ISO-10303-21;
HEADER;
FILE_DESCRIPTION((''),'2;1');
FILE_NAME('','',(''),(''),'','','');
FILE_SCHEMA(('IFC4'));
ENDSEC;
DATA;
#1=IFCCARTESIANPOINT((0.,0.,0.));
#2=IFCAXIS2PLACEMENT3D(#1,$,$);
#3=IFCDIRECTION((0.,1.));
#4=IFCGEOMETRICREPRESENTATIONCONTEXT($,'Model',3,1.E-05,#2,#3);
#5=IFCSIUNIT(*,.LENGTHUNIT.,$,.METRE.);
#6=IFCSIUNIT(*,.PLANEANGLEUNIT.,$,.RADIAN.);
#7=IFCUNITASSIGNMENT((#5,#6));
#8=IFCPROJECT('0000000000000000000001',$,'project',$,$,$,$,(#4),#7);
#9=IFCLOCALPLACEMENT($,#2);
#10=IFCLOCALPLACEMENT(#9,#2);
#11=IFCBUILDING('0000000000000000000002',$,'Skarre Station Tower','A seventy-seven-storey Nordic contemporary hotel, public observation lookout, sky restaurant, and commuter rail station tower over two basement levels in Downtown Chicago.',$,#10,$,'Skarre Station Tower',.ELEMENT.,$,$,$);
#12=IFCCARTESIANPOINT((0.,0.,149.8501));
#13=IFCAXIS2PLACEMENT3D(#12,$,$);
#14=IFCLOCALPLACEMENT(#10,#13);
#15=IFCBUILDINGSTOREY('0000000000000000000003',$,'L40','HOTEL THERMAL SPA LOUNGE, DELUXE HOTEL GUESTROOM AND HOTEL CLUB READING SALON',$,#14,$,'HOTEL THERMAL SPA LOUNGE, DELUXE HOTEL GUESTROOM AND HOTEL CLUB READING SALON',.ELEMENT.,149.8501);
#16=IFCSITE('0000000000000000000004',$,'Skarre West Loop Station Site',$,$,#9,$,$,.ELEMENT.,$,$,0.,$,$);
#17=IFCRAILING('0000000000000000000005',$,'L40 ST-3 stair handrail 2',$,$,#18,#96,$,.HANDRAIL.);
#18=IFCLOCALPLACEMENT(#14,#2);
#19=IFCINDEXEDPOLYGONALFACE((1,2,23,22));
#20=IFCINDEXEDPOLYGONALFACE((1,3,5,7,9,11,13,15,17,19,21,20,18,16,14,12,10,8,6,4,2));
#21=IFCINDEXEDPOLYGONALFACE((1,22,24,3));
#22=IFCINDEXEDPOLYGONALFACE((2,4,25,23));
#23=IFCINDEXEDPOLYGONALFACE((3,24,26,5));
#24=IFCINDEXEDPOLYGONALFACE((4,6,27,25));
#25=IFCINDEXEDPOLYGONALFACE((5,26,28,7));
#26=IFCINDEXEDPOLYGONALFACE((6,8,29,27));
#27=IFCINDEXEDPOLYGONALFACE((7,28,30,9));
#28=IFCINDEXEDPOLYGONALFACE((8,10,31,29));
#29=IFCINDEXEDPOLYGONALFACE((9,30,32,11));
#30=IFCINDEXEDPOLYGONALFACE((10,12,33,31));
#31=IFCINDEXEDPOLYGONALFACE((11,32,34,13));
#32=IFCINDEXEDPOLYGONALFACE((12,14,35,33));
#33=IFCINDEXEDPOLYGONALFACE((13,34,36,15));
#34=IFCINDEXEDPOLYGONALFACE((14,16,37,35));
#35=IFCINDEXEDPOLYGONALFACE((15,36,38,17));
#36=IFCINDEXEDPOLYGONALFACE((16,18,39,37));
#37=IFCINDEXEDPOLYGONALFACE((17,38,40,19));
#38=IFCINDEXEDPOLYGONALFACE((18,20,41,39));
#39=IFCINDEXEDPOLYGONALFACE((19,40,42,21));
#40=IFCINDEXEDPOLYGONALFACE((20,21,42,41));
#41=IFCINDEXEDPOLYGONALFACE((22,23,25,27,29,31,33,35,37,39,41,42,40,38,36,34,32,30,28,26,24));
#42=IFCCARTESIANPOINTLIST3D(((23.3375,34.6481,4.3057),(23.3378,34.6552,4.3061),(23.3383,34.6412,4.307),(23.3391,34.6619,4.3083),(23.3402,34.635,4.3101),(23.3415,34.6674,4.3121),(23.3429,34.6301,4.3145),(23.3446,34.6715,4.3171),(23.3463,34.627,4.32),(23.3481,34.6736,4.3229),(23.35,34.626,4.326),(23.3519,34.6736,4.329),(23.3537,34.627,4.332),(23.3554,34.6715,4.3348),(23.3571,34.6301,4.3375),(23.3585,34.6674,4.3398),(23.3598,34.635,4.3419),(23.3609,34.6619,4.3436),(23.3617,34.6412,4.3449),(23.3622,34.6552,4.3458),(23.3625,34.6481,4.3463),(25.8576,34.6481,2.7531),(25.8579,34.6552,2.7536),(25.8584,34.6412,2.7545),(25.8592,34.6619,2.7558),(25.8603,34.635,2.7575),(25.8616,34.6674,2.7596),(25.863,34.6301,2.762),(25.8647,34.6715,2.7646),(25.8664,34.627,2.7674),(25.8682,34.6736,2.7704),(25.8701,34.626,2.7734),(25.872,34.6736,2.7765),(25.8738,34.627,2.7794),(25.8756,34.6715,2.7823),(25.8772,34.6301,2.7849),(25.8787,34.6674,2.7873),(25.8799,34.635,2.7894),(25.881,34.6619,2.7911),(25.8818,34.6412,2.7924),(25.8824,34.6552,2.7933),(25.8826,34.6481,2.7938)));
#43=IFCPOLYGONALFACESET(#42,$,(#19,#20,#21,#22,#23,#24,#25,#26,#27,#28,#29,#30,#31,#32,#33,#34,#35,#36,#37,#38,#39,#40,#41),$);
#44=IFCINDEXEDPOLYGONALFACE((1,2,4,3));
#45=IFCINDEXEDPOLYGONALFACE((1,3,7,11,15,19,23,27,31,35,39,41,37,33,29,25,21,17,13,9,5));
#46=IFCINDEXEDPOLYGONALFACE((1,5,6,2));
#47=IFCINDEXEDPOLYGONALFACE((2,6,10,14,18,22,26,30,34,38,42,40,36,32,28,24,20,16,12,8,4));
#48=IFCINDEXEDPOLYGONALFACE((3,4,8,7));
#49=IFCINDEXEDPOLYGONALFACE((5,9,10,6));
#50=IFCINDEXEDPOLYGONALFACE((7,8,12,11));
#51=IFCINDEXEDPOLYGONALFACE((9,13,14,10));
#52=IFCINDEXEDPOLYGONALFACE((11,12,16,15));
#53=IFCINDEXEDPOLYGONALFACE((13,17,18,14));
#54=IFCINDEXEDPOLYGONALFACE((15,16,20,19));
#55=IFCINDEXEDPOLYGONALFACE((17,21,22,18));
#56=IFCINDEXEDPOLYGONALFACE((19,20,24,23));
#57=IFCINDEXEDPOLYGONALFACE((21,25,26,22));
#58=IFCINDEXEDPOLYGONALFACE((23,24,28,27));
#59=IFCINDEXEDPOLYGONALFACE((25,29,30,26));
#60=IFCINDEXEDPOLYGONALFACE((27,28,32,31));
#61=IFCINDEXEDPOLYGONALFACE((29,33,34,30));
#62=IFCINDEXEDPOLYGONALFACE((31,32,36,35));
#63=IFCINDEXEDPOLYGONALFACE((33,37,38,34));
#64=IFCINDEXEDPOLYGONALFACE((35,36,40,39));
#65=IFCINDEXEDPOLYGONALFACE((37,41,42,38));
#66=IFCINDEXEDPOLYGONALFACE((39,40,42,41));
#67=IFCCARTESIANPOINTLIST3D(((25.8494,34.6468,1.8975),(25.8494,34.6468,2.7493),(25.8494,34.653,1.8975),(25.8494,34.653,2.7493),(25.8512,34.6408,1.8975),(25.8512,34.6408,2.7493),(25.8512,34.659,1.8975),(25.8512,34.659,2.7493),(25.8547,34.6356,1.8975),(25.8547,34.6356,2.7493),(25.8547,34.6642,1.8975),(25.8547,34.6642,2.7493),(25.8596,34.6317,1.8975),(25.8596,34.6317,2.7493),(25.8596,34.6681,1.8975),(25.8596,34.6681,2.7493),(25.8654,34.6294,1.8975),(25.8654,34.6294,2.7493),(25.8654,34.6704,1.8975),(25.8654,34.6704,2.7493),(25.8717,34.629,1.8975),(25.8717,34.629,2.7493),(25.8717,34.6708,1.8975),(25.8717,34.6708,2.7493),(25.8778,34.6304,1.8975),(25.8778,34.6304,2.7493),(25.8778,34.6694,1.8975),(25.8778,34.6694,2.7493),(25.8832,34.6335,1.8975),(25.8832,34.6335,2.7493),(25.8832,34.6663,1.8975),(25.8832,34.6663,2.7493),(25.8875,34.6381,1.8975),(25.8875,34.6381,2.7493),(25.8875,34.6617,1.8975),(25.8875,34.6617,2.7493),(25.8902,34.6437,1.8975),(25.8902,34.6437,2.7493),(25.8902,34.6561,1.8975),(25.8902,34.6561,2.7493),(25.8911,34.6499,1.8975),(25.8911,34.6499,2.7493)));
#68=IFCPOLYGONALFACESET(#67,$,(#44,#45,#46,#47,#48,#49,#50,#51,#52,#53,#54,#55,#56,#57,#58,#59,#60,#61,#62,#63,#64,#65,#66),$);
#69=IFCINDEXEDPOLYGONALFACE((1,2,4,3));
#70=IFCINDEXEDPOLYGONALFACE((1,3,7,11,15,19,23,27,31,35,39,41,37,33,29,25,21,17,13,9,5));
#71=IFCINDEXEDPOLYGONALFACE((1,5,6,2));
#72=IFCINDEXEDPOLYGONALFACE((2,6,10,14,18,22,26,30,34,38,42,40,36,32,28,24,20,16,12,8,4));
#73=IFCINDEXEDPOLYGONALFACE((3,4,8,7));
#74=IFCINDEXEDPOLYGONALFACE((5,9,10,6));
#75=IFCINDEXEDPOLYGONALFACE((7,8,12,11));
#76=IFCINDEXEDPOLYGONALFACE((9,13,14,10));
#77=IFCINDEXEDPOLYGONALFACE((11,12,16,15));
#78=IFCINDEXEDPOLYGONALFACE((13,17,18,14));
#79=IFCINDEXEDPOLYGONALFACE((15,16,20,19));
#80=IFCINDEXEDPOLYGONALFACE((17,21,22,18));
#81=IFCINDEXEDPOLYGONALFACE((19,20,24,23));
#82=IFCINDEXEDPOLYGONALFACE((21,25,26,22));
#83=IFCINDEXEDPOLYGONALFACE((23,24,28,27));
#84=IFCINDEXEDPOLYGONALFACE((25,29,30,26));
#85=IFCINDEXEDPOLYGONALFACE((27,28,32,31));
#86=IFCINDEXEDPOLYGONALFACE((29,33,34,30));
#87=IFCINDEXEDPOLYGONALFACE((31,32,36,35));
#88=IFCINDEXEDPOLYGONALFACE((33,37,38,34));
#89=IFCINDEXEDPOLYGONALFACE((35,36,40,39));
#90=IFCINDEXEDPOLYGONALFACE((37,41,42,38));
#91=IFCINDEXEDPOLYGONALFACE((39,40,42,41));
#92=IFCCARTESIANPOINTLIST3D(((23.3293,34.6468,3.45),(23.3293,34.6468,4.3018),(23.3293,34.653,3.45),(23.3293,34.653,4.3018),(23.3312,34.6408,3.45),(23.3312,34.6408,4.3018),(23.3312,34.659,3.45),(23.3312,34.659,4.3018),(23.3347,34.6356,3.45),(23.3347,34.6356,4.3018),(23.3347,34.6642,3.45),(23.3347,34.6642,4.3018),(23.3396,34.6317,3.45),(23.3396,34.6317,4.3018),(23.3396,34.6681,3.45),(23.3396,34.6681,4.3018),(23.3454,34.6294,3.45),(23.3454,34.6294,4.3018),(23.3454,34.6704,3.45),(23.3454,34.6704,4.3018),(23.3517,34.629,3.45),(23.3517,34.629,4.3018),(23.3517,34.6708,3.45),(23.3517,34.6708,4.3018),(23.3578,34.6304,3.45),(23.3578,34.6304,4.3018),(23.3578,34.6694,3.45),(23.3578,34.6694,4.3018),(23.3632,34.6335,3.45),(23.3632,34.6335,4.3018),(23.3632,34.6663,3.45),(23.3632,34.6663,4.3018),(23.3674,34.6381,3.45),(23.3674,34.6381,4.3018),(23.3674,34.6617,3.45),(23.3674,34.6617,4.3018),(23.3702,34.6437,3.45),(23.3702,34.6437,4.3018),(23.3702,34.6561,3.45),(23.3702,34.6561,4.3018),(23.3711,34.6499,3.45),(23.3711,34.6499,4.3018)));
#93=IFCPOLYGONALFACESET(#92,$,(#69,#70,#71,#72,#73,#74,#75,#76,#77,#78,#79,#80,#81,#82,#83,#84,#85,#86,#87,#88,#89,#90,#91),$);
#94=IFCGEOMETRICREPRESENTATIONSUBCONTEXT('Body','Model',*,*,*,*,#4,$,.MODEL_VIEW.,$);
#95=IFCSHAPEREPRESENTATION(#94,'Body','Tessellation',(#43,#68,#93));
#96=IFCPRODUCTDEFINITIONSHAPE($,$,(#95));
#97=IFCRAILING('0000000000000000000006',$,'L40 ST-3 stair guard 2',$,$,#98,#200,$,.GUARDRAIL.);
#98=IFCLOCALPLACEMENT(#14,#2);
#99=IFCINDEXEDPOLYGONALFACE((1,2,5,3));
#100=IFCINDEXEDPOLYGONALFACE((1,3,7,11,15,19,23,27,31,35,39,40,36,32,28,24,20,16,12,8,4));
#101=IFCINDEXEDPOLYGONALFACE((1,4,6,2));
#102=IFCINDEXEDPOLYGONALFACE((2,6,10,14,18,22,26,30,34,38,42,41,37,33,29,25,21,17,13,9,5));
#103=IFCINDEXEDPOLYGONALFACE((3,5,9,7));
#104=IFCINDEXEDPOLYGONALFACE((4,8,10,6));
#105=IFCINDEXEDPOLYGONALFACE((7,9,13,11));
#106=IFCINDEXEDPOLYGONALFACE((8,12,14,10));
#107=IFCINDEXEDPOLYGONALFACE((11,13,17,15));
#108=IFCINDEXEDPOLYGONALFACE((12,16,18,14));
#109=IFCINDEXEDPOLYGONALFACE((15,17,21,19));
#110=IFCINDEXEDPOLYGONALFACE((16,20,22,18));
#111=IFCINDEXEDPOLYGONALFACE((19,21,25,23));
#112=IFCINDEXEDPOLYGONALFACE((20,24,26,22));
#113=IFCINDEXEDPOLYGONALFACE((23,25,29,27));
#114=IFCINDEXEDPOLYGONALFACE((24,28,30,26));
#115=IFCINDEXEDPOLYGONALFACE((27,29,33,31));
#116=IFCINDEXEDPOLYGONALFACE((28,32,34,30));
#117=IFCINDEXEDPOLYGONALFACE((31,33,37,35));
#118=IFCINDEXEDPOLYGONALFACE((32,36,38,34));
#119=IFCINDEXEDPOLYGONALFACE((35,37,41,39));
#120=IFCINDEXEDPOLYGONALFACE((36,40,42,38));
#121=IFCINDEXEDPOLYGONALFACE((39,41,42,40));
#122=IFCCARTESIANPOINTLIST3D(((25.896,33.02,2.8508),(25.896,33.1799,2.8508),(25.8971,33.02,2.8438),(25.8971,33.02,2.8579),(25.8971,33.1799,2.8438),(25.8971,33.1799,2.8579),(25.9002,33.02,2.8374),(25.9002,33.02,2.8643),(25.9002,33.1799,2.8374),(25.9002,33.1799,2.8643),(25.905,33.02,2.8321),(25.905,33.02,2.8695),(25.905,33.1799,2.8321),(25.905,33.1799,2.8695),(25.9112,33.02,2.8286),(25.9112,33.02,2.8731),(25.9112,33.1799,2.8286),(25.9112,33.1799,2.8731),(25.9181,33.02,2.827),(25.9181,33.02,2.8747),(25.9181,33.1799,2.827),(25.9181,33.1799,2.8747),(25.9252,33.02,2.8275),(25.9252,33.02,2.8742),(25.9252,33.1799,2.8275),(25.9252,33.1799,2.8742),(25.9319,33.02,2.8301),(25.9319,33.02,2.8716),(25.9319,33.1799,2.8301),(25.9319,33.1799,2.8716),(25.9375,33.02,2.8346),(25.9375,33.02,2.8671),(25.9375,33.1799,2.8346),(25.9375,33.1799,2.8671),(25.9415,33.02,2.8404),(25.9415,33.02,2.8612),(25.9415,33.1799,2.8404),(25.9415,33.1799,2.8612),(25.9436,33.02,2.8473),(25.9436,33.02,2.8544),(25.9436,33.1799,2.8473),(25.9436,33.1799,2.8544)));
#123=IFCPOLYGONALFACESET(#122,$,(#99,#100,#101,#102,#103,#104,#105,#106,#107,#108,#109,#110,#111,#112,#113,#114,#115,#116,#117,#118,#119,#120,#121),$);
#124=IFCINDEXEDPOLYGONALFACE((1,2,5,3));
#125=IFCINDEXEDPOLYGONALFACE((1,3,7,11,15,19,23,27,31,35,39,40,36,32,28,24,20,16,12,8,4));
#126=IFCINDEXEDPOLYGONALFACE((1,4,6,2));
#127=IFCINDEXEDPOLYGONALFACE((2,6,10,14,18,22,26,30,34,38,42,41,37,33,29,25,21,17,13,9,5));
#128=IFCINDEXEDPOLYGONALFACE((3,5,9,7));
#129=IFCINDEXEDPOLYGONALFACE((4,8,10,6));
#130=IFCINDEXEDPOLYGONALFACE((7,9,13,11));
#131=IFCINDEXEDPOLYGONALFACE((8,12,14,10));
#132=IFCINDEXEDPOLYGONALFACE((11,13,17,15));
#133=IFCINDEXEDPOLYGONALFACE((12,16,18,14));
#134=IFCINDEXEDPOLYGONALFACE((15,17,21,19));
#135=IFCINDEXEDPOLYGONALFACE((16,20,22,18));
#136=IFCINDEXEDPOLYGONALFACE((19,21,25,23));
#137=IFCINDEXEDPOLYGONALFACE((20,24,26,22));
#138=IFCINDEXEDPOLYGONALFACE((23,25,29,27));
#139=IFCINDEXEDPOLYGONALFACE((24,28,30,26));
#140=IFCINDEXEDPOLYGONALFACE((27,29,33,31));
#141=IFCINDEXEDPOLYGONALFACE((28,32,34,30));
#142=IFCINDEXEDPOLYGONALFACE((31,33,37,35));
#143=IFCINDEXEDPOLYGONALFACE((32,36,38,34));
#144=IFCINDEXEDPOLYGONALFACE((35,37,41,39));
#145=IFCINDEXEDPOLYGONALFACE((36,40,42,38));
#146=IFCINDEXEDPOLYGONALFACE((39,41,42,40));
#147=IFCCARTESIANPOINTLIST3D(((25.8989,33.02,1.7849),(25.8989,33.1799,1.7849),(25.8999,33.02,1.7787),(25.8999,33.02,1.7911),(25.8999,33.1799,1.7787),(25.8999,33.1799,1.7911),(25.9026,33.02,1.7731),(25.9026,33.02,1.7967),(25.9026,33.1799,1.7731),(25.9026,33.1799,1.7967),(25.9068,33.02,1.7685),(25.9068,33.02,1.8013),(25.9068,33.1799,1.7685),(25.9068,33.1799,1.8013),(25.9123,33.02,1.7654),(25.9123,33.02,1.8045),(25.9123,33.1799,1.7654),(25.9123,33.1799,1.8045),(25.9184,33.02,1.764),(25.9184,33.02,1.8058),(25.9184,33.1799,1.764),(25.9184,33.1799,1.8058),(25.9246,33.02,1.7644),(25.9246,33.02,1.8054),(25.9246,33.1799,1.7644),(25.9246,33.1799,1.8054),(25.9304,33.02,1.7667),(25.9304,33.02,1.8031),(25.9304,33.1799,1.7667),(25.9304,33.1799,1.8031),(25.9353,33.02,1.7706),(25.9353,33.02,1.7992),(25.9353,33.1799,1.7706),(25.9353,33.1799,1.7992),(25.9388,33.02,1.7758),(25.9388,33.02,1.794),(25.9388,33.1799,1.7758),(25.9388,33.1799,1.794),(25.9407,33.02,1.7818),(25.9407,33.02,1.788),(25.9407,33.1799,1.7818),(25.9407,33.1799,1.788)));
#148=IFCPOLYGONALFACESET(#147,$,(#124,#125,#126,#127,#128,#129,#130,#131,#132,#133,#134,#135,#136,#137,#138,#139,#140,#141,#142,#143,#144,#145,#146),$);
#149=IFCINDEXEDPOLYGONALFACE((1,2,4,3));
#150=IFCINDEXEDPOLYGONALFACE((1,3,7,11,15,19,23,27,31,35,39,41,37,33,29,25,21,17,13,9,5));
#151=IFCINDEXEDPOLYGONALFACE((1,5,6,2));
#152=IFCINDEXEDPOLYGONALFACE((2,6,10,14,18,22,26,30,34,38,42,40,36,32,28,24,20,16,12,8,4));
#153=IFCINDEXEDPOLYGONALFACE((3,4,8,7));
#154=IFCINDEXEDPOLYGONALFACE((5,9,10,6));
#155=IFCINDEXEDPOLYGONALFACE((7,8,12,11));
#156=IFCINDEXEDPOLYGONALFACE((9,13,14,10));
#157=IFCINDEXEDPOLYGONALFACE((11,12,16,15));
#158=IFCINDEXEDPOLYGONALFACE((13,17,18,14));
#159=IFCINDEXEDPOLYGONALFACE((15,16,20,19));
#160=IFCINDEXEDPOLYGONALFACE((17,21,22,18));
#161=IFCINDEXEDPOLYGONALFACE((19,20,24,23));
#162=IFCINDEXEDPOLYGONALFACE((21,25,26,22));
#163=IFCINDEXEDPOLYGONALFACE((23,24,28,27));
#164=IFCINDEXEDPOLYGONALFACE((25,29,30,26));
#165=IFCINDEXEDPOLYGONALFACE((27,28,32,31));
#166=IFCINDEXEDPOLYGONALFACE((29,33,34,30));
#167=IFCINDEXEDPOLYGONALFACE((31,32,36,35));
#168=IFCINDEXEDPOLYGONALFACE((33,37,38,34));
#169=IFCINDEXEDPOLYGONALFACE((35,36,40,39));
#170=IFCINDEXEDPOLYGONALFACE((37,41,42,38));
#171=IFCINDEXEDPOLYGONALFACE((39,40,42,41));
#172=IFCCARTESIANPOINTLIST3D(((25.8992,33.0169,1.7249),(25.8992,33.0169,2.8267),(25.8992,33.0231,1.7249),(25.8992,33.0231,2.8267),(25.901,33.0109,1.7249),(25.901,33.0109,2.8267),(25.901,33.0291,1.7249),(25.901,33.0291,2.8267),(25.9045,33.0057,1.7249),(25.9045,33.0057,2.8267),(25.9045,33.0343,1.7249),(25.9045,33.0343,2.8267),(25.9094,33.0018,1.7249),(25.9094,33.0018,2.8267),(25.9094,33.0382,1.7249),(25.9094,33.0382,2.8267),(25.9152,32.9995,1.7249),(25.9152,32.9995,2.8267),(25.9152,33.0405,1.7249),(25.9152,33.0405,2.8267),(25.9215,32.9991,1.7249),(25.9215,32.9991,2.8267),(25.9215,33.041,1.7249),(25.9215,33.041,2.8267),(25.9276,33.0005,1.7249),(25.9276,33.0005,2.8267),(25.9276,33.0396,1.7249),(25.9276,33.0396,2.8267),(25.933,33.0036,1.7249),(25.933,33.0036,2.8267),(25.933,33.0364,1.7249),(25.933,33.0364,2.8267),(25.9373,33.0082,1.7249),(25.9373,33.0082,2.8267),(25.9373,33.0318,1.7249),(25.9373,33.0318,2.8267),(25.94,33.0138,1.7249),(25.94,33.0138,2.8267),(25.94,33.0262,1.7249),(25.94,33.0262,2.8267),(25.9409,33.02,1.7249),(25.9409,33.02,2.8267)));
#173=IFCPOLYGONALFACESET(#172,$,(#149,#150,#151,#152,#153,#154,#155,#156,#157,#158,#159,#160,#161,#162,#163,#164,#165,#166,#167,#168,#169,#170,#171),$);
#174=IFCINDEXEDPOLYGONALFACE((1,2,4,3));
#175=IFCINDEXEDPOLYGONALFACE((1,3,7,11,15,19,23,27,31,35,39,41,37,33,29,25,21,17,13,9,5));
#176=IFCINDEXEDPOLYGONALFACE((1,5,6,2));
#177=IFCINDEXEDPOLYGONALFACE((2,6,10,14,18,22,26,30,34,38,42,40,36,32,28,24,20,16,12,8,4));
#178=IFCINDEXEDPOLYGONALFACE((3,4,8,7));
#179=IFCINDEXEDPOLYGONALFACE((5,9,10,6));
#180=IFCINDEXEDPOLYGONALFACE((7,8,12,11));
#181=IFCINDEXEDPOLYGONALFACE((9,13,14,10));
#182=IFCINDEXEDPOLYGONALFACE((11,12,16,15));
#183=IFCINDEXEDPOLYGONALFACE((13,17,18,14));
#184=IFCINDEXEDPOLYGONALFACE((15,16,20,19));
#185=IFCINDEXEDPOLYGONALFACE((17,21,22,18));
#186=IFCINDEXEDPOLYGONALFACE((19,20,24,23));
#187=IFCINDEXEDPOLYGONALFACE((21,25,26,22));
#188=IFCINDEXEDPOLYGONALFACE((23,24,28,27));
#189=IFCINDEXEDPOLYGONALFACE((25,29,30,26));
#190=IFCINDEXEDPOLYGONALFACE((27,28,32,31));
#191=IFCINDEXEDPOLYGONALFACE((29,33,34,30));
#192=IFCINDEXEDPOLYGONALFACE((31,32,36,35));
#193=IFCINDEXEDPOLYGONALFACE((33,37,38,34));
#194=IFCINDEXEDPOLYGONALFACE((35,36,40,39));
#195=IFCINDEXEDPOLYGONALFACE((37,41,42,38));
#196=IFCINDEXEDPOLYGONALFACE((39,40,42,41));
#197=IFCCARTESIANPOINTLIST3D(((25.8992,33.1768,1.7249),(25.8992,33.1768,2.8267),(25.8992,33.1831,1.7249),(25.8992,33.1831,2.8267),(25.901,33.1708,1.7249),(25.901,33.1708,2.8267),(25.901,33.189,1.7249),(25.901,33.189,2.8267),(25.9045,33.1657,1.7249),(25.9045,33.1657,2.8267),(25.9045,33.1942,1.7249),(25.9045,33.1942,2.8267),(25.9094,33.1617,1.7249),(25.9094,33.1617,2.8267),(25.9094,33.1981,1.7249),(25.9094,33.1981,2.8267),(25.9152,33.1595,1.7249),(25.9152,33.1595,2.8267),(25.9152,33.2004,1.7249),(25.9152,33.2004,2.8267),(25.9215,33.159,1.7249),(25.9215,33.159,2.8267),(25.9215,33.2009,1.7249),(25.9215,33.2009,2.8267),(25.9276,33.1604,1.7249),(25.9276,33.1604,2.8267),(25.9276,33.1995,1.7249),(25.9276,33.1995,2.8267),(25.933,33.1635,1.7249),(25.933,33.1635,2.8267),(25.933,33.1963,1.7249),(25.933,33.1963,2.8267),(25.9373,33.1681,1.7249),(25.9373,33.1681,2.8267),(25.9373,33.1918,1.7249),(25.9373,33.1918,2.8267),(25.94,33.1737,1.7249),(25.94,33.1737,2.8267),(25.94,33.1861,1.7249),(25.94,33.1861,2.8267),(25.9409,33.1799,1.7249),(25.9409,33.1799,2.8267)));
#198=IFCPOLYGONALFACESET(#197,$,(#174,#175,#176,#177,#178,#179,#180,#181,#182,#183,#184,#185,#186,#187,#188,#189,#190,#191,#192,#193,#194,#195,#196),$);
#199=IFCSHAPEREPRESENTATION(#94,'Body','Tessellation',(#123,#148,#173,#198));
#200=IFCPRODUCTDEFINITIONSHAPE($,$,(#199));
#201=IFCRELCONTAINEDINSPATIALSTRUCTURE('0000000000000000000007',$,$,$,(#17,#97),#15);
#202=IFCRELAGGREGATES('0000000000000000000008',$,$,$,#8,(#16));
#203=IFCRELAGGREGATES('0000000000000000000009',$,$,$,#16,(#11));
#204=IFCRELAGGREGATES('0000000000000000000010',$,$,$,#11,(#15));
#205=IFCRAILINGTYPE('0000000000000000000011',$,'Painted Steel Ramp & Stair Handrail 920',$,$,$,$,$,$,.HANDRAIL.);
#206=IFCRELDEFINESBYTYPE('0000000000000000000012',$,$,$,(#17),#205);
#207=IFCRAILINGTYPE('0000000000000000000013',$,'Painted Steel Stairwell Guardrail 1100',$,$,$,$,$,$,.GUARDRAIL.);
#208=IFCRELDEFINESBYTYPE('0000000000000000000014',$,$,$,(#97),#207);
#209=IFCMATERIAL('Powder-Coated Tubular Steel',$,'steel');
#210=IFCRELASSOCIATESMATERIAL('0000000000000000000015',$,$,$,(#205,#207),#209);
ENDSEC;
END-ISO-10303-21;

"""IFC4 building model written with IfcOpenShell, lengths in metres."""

from ifc_helpers import new_model, si_unit, direction, frame, origin, origin_2d, place, context, subcontext, project, spatial, circle, extrude, material, type_object, element, save


model = new_model("IFC4")

# Units and contexts
model_context = context("Model", 3, precision=1e-05, world=origin(), true_north=direction((0.0, 1.0)))
body_context = subcontext(model_context, "Body", "Model", "MODEL_VIEW")
ifc_project = project(units=[si_unit("LENGTHUNIT", "METRE"), si_unit("PLANEANGLEUNIT", "RADIAN")], contexts=[model_context])

# Site, building, storey
site_placement = place(None, origin())
site = spatial("IfcSite", under=ifc_project, at=site_placement, Name="Skarre West Loop Station Site", CompositionType="ELEMENT", RefElevation=0.0)
building_placement = place(site_placement, origin())
building = spatial("IfcBuilding", under=site, at=building_placement, Name="Skarre Station Tower", Description="A seventy-seven-storey Nordic contemporary hotel, public observation lookout, sky restaurant, and commuter rail station tower over two basement levels in Downtown Chicago.", LongName="Skarre Station Tower", CompositionType="ELEMENT")
storey_placement = place(building_placement, frame((0.0, 0.0, 149.8501)))
storey = spatial("IfcBuildingStorey", under=building, at=storey_placement, Name="L40", Description="HOTEL THERMAL SPA LOUNGE, DELUXE HOTEL GUESTROOM AND HOTEL CLUB READING SALON", LongName="HOTEL THERMAL SPA LOUNGE, DELUXE HOTEL GUESTROOM AND HOTEL CLUB READING SALON", CompositionType="ELEMENT", Elevation=149.8501)

# Railings
ifc_material_1 = material(Name="Powder-Coated Tubular Steel", Category="steel")
railing_type_1 = type_object("IfcRailingType", Name="Painted Steel Ramp & Stair Handrail 920", PredefinedType="HANDRAIL", material=ifc_material_1)
railing_1_placement = place(storey_placement, frame((25.8701, 34.6499, 1.8975)))
element("IfcRailing", 1, at=railing_1_placement, inside=storey, type_object=railing_type_1, Name="L40 ST-3 stair handrail 2", PredefinedType="HANDRAIL", context=body_context, shape_type="SweptSolid", body=[
    extrude(circle(Radius=0.0239, at=origin_2d()), frame((0.0, 0.0, 0.876), z_axis=(-0.8514, 0.0, 0.524516), x_axis=(0.0, -1.0, 0.0)), (0.0, 0.0, 1.0), 2.96),
    extrude(circle(Radius=0.021, at=origin_2d()), origin(), (0.0, 0.0, 1.0), 0.8518),
    extrude(circle(Radius=0.021, at=origin_2d()), frame((-2.52, 0.0, 1.5525)), (0.0, 0.0, 1.0), 0.8518),
])
railing_type_2 = type_object("IfcRailingType", Name="Painted Steel Stairwell Guardrail 1100", PredefinedType="GUARDRAIL", material=ifc_material_1)
railing_2_placement = place(storey_placement, frame((25.9199, 33.02, 1.7249)))
element("IfcRailing", 2, at=railing_2_placement, inside=storey, type_object=railing_type_2, Name="L40 ST-3 stair guard 2", PredefinedType="GUARDRAIL", context=body_context, shape_type="SweptSolid", body=[
    extrude(circle(Radius=0.0239, at=origin_2d()), frame((0.0, 0.0, 1.126), z_axis=(0.0, 1.0, 0.0), x_axis=(-1.0, 0.0, 0.0)), (0.0, 0.0, 1.0), 0.1599),
    extrude(circle(Radius=0.021, at=origin_2d()), frame((0.0, 0.0, 0.0601), z_axis=(0.0, 1.0, 0.0), x_axis=(-1.0, 0.0, 0.0)), (0.0, 0.0, 1.0), 0.1599),
    extrude(circle(Radius=0.021, at=origin_2d()), origin(), (0.0, 0.0, 1.0), 1.1018),
    extrude(circle(Radius=0.021, at=origin_2d()), frame((0.0, 0.1599, 0.0)), (0.0, 0.0, 1.0), 1.1018),
])

save(model, "model.ifc")
